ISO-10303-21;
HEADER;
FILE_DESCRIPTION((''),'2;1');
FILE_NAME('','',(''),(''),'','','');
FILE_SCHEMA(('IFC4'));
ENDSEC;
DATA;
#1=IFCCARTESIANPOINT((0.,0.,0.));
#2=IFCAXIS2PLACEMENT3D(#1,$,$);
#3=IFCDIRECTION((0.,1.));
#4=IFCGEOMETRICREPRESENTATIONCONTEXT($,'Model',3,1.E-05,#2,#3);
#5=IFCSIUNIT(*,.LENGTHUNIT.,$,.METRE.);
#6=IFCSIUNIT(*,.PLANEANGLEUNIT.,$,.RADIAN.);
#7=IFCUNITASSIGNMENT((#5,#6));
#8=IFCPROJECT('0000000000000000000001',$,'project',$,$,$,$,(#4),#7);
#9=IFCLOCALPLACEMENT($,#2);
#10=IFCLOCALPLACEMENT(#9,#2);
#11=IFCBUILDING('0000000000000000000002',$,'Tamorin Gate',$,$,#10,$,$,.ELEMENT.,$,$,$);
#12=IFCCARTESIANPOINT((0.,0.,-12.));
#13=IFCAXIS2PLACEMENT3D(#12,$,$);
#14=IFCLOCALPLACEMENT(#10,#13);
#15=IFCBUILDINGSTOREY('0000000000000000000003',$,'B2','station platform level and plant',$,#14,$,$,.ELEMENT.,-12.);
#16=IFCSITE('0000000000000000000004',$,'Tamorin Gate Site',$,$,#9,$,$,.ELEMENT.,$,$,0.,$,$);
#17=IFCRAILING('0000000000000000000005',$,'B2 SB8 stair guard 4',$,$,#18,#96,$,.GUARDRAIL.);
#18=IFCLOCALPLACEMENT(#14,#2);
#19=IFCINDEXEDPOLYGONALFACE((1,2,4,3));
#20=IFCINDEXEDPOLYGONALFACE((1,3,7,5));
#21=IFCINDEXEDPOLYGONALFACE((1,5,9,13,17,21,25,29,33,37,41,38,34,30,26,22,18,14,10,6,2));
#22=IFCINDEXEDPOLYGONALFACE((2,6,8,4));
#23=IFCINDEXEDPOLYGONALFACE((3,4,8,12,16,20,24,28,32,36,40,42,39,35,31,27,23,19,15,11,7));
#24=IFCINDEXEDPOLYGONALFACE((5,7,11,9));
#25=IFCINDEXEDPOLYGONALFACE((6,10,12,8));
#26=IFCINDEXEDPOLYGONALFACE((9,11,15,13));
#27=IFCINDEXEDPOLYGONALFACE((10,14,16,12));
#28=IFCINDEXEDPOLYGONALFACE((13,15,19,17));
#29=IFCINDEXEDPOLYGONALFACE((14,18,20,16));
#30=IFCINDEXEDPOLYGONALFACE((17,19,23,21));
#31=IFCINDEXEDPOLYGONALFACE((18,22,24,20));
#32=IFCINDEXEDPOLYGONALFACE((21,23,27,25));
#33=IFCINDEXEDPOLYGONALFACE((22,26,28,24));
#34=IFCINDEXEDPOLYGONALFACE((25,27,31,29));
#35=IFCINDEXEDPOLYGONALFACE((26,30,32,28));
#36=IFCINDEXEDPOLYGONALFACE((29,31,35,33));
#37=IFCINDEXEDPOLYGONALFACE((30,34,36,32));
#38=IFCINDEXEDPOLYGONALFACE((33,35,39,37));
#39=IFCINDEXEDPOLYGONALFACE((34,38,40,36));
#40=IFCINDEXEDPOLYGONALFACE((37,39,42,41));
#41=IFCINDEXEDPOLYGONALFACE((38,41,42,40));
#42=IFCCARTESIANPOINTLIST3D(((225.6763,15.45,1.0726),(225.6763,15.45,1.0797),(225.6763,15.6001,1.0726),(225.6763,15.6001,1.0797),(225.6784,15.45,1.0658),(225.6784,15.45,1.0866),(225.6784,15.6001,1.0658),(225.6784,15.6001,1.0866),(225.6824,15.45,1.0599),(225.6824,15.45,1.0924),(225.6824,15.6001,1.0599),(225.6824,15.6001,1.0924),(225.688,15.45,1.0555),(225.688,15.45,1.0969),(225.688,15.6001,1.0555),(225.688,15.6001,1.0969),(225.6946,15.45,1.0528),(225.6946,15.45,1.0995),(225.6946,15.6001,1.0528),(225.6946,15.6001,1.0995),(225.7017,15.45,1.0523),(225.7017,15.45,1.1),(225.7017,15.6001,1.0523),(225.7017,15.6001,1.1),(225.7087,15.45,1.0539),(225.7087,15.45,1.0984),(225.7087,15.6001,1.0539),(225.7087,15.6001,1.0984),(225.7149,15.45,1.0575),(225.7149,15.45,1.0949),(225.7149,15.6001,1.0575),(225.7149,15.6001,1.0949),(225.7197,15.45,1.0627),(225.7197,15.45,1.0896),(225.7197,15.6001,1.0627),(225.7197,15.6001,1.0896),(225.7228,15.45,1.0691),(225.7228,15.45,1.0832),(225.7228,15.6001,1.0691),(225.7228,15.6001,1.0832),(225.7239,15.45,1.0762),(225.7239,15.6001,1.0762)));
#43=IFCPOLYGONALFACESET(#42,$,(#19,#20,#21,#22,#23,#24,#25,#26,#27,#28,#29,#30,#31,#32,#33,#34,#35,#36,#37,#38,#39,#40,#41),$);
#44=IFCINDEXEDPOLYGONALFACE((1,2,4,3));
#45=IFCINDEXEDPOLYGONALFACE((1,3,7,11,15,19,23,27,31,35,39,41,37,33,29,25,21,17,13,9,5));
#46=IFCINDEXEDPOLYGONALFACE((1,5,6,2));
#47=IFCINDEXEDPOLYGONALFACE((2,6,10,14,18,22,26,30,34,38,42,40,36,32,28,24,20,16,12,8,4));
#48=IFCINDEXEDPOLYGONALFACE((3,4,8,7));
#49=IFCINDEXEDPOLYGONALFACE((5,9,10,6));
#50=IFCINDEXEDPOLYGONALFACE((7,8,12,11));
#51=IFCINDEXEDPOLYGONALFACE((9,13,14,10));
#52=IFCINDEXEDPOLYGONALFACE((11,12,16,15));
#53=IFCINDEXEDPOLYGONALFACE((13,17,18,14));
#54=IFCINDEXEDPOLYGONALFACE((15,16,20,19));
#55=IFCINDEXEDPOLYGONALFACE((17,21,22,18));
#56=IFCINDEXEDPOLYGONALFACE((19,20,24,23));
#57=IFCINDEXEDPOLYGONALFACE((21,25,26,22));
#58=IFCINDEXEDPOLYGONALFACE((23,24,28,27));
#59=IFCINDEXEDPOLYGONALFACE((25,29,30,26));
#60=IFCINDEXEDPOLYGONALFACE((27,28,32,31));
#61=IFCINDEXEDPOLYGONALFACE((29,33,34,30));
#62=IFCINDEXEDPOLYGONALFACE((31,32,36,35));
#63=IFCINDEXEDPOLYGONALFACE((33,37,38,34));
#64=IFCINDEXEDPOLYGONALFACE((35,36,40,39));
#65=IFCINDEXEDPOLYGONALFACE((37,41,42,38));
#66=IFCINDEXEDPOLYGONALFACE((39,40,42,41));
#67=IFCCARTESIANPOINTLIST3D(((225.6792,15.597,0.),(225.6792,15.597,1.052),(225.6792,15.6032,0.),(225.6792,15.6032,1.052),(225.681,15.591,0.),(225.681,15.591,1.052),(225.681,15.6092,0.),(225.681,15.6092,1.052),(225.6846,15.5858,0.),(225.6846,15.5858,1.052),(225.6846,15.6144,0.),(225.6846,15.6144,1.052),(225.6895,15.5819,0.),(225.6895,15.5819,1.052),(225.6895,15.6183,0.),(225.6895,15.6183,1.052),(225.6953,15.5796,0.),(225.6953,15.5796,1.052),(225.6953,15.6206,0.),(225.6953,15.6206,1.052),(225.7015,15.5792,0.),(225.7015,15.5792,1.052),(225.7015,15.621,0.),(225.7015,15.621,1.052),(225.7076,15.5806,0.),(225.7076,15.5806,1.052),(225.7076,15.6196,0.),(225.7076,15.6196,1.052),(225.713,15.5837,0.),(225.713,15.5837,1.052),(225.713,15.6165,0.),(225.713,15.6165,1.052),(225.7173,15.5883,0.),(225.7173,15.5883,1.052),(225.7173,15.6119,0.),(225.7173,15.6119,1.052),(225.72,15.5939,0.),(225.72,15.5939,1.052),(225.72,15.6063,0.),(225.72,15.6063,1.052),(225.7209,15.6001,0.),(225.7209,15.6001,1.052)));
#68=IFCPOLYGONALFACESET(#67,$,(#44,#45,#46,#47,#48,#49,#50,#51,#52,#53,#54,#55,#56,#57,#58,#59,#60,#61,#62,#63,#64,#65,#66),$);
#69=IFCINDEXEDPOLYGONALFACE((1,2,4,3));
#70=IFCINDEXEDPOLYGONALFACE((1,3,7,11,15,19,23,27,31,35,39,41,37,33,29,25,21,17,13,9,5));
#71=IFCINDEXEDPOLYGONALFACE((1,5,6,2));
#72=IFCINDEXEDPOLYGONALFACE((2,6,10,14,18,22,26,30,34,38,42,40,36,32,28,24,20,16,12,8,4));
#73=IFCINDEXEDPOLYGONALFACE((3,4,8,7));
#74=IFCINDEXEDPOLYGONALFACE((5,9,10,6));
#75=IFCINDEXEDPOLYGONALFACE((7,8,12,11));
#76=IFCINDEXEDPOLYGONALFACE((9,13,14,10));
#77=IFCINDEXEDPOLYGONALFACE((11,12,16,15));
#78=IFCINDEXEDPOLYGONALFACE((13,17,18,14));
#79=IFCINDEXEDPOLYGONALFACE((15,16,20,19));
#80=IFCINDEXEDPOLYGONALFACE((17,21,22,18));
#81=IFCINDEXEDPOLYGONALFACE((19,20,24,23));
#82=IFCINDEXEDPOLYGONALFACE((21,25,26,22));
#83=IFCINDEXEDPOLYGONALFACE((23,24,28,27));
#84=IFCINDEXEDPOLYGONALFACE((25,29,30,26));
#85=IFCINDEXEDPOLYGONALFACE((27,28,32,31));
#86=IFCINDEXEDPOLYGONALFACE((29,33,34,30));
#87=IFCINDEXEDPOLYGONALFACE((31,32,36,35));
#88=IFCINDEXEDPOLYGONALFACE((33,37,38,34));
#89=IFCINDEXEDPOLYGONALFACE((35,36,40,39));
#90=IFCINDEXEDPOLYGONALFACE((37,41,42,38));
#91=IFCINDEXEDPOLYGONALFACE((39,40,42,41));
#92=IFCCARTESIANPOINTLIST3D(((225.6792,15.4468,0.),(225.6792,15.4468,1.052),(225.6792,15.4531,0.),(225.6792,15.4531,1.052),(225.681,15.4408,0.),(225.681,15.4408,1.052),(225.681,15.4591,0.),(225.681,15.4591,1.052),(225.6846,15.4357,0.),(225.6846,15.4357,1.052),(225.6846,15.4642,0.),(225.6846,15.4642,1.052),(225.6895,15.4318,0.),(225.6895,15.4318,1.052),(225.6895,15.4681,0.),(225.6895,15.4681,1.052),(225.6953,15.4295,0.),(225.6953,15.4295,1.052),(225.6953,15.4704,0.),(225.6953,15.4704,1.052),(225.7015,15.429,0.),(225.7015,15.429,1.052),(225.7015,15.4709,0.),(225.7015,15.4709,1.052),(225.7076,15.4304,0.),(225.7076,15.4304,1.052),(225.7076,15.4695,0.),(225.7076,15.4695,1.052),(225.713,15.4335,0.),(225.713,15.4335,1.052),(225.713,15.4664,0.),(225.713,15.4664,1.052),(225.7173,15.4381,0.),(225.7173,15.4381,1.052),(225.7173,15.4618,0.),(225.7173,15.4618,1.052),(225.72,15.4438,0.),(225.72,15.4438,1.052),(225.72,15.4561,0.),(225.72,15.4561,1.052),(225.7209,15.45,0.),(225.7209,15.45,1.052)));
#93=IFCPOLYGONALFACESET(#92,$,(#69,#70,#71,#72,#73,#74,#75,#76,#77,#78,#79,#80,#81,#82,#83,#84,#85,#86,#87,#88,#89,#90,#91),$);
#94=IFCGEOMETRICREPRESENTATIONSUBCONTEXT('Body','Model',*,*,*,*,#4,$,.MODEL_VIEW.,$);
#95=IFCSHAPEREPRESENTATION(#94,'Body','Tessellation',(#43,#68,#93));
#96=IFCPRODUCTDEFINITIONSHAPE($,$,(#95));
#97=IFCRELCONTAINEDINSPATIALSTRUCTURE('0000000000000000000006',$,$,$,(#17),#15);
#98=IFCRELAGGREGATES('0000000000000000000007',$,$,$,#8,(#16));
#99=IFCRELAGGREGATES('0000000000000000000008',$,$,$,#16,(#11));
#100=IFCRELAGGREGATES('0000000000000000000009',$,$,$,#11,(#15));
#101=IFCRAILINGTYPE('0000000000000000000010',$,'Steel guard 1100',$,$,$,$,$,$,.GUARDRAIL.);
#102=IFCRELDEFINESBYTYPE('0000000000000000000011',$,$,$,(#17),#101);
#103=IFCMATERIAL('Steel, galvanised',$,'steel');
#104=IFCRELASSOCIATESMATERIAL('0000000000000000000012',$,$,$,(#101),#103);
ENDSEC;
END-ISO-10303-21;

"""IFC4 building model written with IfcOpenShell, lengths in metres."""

from ifc_helpers import new_model, si_unit, direction, frame, origin, origin_2d, place, context, subcontext, project, spatial, circle, extrude, material, type_object, element, save


model = new_model("IFC4")

# Units and contexts
model_context = context("Model", 3, precision=1e-05, world=origin(), true_north=direction((0.0, 1.0)))
body_context = subcontext(model_context, "Body", "Model", "MODEL_VIEW")
ifc_project = project(units=[si_unit("LENGTHUNIT", "METRE"), si_unit("PLANEANGLEUNIT", "RADIAN")], contexts=[model_context])

# Site, building, storey
site_placement = place(None, origin())
site = spatial("IfcSite", under=ifc_project, at=site_placement, Name="Tamorin Gate Site", CompositionType="ELEMENT", RefElevation=0.0)
building_placement = place(site_placement, origin())
building = spatial("IfcBuilding", under=site, at=building_placement, Name="Tamorin Gate", CompositionType="ELEMENT")
storey_placement = place(building_placement, frame((0.0, 0.0, -12.0)))
storey = spatial("IfcBuildingStorey", under=building, at=storey_placement, Name="B2", Description="station platform level and plant", CompositionType="ELEMENT", Elevation=-12.0)

# Railing
ifc_material_1 = material(Name="Steel, galvanised", Category="steel")
railing_type_1 = type_object("IfcRailingType", Name="Steel guard 1100", PredefinedType="GUARDRAIL", material=ifc_material_1)
railing_1_placement = place(storey_placement, frame((225.7, 15.6001, 0.0)))
element("IfcRailing", 1, at=railing_1_placement, inside=storey, type_object=railing_type_1, Name="B2 SB8 stair guard 4", PredefinedType="GUARDRAIL", context=body_context, shape_type="SweptSolid", body=[
    extrude(circle(Radius=0.0239, at=origin_2d()), frame((0.0, 0.0, 1.0762), z_axis=(0.0, -1.0, 0.0), x_axis=(1.0, 0.0, 0.0)), (0.0, 0.0, 1.0), 0.1501),
    extrude(circle(Radius=0.021, at=origin_2d()), origin(), (0.0, 0.0, 1.0), 1.052),
    extrude(circle(Radius=0.021, at=origin_2d()), frame((0.0, -0.1501, 0.0)), (0.0, 0.0, 1.0), 1.052),
])

save(model, "model.ifc")
